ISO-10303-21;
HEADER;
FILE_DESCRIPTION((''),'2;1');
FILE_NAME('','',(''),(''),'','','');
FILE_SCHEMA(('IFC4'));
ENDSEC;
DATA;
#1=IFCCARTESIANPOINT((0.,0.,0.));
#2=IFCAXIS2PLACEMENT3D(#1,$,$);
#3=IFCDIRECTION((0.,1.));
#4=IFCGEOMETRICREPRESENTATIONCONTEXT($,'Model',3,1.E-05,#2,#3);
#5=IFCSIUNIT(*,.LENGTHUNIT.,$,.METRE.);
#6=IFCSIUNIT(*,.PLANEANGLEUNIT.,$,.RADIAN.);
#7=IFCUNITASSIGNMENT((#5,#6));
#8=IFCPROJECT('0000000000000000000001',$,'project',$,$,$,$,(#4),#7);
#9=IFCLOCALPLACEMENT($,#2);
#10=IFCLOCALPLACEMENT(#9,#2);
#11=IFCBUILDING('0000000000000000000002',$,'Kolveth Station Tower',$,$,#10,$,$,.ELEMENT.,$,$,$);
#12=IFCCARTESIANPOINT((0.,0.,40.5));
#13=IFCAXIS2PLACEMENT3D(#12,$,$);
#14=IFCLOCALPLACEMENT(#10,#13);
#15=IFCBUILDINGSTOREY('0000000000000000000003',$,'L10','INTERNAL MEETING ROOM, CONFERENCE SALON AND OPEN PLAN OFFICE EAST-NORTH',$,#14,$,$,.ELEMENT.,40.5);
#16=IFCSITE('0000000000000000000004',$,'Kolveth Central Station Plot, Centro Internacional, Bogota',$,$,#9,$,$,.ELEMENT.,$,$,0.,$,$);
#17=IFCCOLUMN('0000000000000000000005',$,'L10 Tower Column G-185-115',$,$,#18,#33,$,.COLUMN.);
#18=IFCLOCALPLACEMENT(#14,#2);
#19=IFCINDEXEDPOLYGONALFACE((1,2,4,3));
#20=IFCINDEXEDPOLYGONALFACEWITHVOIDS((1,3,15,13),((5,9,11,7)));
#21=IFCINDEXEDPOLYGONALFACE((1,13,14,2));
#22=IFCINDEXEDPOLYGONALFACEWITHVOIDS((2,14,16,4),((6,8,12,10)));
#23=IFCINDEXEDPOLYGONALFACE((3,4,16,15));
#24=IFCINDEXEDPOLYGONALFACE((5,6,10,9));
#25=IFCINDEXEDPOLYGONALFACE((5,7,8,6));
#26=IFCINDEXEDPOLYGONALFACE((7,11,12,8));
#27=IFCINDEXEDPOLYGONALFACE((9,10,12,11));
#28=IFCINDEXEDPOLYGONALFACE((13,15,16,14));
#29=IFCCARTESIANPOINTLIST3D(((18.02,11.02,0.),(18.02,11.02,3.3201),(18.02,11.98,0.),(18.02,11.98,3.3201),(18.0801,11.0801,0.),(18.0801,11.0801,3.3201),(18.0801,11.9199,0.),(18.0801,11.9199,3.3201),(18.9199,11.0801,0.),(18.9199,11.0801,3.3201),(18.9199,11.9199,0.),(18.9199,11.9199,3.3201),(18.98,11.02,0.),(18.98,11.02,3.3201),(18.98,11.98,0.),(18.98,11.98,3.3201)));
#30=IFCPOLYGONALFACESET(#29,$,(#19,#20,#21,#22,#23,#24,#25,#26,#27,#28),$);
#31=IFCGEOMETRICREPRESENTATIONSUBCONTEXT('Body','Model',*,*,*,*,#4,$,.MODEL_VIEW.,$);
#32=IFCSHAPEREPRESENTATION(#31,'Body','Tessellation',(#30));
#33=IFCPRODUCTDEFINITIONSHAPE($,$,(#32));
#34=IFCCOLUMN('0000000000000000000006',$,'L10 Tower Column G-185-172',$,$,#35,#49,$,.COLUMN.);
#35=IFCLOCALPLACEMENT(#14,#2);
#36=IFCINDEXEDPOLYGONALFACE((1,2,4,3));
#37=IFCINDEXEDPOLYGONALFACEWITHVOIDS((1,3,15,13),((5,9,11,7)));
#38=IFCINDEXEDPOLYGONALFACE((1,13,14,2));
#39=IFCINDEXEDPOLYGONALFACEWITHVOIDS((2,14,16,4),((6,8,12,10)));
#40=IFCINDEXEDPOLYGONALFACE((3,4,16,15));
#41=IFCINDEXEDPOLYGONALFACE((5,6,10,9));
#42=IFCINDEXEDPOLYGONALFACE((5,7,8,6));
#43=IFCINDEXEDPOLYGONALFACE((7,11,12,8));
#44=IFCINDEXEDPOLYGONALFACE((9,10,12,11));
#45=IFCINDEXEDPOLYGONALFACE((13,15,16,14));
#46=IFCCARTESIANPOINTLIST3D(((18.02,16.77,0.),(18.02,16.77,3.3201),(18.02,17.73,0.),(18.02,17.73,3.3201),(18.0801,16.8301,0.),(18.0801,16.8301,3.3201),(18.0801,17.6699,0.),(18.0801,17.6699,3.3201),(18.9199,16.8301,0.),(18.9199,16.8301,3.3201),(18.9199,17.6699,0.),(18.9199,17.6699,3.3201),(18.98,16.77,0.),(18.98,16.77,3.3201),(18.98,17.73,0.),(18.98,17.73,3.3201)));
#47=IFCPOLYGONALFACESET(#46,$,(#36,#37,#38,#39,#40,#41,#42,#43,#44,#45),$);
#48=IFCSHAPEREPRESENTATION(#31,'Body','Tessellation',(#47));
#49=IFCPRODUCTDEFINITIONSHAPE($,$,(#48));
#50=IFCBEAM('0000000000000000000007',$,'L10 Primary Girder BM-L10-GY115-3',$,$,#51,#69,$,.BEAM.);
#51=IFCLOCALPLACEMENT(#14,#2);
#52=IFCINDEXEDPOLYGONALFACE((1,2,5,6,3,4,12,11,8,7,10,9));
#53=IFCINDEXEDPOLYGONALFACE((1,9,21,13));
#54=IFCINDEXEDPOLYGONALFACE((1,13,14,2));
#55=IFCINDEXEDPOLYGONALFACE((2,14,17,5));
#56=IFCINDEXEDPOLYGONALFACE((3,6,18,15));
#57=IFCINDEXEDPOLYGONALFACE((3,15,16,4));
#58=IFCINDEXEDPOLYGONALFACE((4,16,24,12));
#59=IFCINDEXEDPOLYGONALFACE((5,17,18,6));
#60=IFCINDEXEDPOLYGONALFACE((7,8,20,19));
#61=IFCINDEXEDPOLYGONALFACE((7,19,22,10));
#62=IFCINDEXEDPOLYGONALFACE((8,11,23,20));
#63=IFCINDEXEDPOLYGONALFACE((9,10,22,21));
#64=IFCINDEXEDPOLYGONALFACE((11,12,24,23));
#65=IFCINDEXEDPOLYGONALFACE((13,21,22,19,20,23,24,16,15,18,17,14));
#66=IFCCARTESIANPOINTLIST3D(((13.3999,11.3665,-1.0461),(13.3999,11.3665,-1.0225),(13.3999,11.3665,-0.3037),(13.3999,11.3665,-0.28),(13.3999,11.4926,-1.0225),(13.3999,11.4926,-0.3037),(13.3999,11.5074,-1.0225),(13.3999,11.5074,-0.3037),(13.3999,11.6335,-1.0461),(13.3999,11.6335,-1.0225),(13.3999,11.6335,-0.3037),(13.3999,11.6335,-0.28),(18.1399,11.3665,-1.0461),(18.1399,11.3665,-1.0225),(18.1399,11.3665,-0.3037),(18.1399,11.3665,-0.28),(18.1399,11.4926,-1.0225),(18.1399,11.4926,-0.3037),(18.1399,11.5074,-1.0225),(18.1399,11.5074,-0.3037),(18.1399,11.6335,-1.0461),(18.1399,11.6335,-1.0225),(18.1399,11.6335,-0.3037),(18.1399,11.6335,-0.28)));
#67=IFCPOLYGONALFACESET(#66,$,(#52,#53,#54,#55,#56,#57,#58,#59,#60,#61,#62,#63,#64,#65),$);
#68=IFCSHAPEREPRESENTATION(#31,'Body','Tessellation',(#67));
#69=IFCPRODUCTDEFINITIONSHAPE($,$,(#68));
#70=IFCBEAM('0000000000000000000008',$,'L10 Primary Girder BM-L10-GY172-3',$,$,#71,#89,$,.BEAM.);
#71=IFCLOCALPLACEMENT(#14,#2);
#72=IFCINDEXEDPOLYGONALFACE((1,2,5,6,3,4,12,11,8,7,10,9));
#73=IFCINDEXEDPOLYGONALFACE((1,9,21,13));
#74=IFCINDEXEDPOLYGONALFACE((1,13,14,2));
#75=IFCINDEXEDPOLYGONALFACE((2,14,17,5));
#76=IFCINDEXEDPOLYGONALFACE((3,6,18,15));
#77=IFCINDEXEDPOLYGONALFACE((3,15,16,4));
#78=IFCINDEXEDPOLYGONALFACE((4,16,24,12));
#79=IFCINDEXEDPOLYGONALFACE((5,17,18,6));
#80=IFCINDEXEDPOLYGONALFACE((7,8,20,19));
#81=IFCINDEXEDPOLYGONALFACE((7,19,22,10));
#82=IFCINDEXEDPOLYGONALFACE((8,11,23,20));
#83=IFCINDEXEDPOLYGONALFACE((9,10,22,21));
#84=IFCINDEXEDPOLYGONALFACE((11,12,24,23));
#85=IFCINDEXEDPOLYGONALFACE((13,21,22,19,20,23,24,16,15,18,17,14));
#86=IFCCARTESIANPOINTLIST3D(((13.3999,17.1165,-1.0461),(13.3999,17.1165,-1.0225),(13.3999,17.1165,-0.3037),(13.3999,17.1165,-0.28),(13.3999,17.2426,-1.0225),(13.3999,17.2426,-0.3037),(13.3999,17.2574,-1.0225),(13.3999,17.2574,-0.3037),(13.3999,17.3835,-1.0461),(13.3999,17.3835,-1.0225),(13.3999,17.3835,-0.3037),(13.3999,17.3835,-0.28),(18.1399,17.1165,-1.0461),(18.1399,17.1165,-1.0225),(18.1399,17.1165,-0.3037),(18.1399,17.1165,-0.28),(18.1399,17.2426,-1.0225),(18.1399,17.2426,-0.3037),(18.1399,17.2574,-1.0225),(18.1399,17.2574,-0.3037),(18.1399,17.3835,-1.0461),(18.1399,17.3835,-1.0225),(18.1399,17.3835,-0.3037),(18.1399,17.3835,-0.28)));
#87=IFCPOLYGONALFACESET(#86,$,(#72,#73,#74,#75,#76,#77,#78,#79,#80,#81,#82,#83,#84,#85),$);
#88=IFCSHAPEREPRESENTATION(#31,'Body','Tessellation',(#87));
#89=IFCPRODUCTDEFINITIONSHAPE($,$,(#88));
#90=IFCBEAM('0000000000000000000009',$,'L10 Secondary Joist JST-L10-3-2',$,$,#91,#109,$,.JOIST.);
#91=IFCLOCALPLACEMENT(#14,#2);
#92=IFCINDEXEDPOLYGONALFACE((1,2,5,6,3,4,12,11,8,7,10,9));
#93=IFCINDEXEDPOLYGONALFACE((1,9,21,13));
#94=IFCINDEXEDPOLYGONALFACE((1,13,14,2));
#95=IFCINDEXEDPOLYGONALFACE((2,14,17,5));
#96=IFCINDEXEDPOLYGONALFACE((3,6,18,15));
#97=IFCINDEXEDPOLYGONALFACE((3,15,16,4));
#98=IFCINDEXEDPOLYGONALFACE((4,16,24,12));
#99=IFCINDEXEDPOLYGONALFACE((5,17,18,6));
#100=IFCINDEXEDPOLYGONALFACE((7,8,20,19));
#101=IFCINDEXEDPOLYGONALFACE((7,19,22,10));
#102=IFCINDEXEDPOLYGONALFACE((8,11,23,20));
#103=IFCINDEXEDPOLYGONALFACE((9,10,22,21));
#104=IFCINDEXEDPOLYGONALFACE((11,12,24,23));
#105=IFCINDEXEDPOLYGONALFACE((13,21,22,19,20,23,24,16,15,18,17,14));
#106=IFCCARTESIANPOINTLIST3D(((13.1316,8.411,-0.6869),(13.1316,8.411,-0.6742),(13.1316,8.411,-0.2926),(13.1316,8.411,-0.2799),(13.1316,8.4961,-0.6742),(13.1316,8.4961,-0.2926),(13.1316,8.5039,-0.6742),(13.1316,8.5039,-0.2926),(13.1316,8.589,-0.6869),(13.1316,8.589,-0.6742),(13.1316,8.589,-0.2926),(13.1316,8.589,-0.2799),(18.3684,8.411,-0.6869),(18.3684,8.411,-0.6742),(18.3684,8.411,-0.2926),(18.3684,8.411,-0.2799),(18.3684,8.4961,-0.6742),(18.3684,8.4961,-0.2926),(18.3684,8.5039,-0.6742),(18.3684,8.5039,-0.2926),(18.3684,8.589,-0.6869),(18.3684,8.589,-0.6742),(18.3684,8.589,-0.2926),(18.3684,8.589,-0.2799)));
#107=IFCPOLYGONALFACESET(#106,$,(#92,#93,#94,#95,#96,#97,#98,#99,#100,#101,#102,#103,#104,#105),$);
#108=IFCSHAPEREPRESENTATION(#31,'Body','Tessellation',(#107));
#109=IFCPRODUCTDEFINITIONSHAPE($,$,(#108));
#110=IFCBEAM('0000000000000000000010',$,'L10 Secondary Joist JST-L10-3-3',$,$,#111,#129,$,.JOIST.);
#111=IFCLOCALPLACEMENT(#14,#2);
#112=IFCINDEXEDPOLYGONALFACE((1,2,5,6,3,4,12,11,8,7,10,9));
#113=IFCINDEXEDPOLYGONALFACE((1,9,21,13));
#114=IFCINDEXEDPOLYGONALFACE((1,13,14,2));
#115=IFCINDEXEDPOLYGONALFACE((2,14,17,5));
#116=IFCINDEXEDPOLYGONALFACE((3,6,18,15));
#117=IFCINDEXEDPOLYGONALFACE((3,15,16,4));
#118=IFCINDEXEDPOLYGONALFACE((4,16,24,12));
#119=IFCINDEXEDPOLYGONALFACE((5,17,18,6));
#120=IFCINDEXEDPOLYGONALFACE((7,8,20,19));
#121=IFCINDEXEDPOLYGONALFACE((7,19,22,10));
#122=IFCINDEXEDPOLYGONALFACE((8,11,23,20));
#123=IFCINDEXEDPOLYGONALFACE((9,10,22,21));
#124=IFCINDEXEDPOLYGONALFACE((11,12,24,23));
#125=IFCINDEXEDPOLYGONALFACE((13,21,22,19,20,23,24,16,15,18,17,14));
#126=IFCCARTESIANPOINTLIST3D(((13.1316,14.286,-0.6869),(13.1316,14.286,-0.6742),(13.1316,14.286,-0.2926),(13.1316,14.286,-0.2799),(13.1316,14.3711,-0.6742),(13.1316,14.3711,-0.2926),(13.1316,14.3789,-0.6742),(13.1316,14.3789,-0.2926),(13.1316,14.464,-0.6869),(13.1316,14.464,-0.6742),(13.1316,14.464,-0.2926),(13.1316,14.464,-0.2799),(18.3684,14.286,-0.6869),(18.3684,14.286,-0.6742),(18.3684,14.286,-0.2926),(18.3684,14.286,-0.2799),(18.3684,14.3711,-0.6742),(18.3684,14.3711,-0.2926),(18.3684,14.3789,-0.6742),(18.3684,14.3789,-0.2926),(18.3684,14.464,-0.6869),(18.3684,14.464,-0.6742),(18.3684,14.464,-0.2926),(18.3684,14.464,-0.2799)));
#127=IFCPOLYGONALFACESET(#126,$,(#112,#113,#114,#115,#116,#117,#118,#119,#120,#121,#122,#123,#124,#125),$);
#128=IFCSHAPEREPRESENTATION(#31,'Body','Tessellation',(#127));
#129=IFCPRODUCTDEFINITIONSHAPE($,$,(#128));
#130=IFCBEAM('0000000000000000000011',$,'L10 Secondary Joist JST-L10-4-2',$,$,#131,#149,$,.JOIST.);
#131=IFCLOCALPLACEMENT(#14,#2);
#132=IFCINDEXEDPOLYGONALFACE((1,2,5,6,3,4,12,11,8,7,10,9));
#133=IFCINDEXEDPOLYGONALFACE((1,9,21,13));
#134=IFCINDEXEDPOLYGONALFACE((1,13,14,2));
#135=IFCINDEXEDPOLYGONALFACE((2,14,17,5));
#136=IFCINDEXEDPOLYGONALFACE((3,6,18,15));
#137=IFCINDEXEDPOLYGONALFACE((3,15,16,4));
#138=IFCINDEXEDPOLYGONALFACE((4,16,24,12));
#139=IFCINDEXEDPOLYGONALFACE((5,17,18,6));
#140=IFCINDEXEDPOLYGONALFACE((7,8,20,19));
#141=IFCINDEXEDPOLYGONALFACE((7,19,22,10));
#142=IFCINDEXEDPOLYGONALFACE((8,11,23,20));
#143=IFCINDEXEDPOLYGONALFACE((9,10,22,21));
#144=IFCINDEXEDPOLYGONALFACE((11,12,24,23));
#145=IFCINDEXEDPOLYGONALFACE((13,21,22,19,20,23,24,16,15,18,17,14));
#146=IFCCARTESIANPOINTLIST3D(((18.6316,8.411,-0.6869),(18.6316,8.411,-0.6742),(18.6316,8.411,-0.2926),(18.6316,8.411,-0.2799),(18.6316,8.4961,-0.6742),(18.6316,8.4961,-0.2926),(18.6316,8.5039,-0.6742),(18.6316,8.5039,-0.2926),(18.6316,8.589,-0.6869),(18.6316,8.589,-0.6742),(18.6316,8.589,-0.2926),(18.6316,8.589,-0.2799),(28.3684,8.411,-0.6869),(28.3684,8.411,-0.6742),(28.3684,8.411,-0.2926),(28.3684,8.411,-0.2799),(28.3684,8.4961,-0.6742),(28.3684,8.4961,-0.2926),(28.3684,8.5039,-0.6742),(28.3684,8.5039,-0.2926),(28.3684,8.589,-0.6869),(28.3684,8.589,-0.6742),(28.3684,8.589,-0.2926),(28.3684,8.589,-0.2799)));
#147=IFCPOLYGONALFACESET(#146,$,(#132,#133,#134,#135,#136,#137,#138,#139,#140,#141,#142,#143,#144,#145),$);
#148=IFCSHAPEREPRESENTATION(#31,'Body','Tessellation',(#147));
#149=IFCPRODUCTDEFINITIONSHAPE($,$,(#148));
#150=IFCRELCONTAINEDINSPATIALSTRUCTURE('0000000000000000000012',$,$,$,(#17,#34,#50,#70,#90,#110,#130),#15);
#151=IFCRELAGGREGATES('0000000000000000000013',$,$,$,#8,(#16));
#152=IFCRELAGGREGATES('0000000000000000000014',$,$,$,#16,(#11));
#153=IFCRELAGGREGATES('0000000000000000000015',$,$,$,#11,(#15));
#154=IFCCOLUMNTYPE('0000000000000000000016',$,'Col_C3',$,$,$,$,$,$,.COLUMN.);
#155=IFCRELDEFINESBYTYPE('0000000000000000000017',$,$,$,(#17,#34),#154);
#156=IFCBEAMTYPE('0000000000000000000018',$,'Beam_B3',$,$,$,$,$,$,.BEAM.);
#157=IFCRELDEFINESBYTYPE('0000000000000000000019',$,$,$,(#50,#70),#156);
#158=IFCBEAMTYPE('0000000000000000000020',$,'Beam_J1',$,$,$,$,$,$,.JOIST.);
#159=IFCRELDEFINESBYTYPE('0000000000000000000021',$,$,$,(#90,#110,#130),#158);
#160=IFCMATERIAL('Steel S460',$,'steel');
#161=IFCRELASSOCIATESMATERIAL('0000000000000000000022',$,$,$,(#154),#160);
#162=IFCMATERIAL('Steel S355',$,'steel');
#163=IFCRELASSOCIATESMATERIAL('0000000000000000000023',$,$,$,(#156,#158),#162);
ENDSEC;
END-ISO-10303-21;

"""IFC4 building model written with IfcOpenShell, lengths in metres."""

from ifc_helpers import new_model, si_unit, direction, frame, origin, origin_2d, place, context, subcontext, project, spatial, hollow_rectangle, i_section, extrude, source, transform, mapped, material, material_profile, profile_set, type_object, element, save


model = new_model("IFC4")

# Units and contexts
model_context = context("Model", 3, precision=1e-05, world=origin(), true_north=direction((0.0, 1.0)))
body_context = subcontext(model_context, "Body", "Model", "MODEL_VIEW")
ifc_project = project(units=[si_unit("LENGTHUNIT", "METRE"), si_unit("PLANEANGLEUNIT", "RADIAN")], contexts=[model_context])

# Site, building, storey
site_placement = place(None, origin())
site = spatial("IfcSite", under=ifc_project, at=site_placement, Name="Kolveth Central Station Plot, Centro Internacional, Bogota", CompositionType="ELEMENT", RefElevation=0.0)
building_placement = place(site_placement, origin())
building = spatial("IfcBuilding", under=site, at=building_placement, Name="Kolveth Station Tower", CompositionType="ELEMENT")
storey_placement = place(building_placement, frame((0.0, 0.0, 40.5)))
storey = spatial("IfcBuildingStorey", under=building, at=storey_placement, Name="L10", Description="INTERNAL MEETING ROOM, CONFERENCE SALON AND OPEN PLAN OFFICE EAST-NORTH", CompositionType="ELEMENT", Elevation=40.5)

# Columns
ifc_material_1 = material(Name="Steel S460", Category="steel")
ifc_material_profile_1 = material_profile(ifc_material_1, hollow_rectangle(XDim=0.96, YDim=0.96, WallThickness=0.0601, at=origin_2d()), Name="BOX960x960x60")
ifc_profile_set_1 = profile_set([ifc_material_profile_1], Name="Steel S460")
column_type = type_object("IfcColumnType", Name="Col_C3", PredefinedType="COLUMN", material=ifc_profile_set_1)
shared_shape_1 = source(origin(), body_context, "Body", "SweptSolid", [
    extrude(hollow_rectangle(XDim=0.96, YDim=0.96, WallThickness=0.0601, at=origin_2d()), origin(), (0.0, 0.0, 1.0), 3.3201),
])
for number, where, z_axis, x_axis, name in (
    (1, (18.5, 11.5, 0.0), (0.0, 0.0, 1.0), (1.0, 0.0, 0.0), "L10 Tower Column G-185-115"),
    (2, (18.5, 17.25, 0.0), (0.0, 0.0, 1.0), (1.0, 0.0, 0.0), "L10 Tower Column G-185-172"),
):
    element("IfcColumn", number, at=place(storey_placement, frame(where, z_axis=z_axis, x_axis=x_axis)), inside=storey, type_object=column_type, Name=name, PredefinedType="COLUMN", context=body_context, shape_type="MappedRepresentation", body=[
        mapped(shared_shape_1, transform((0.0, 0.0, 0.0), x_axis=(1.0, 0.0, 0.0), y_axis=(0.0, 1.0, 0.0), z_axis=(0.0, 0.0, 1.0), scale=1.0)),
    ])

# Beams
ifc_material_2 = material(Name="Steel S355", Category="steel")
ifc_material_profile_2 = material_profile(ifc_material_2, i_section(OverallWidth=0.2671, OverallDepth=0.7661, WebThickness=0.0149, FlangeThickness=0.0237, at=origin_2d()), Name="W760x185")
ifc_profile_set_2 = profile_set([ifc_material_profile_2], Name="Steel S355")
beam_type_1 = type_object("IfcBeamType", Name="Beam_B3", PredefinedType="BEAM", material=ifc_profile_set_2)
shared_shape_2 = source(origin(), body_context, "Body", "SweptSolid", [
    extrude(i_section(OverallWidth=0.2671, OverallDepth=0.7661, WebThickness=0.0149, FlangeThickness=0.0237, at=origin_2d()), origin(), (0.0, 0.0, 1.0), 4.74),
])
for number, where, z_axis, x_axis, name in (
    (3, (13.3999, 11.5, -0.6631), (1.0, 0.0, 0.0), (0.0, 1.0, 0.0), "L10 Primary Girder BM-L10-GY115-3"),
    (4, (13.3999, 17.25, -0.6631), (1.0, 0.0, 0.0), (0.0, 1.0, 0.0), "L10 Primary Girder BM-L10-GY172-3"),
):
    element("IfcBeam", number, at=place(storey_placement, frame(where, z_axis=z_axis, x_axis=x_axis)), inside=storey, type_object=beam_type_1, Name=name, PredefinedType="BEAM", context=body_context, shape_type="MappedRepresentation", body=[
        mapped(shared_shape_2, transform((0.0, 0.0, 0.0), x_axis=(1.0, 0.0, 0.0), y_axis=(0.0, 1.0, 0.0), z_axis=(0.0, 0.0, 1.0), scale=1.0)),
    ])
ifc_material_profile_3 = material_profile(ifc_material_2, i_section(OverallWidth=0.178, OverallDepth=0.407, WebThickness=0.0078, FlangeThickness=0.0127, at=origin_2d()), Name="W410x60")
ifc_profile_set_3 = profile_set([ifc_material_profile_3], Name="Steel S355")
beam_type_2 = type_object("IfcBeamType", Name="Beam_J1", PredefinedType="JOIST", material=ifc_profile_set_3)
shared_shape_3 = source(origin(), body_context, "Body", "SweptSolid", [
    extrude(i_section(OverallWidth=0.178, OverallDepth=0.407, WebThickness=0.0078, FlangeThickness=0.0127, at=origin_2d()), origin(), (0.0, 0.0, 1.0), 5.2368),
])
for number, where, z_axis, x_axis, name in (
    (5, (13.1316, 8.5, -0.4834), (1.0, 0.0, 0.0), (0.0, 1.0, 0.0), "L10 Secondary Joist JST-L10-3-2"),
    (6, (13.1316, 14.375, -0.4834), (1.0, 0.0, 0.0), (0.0, 1.0, 0.0), "L10 Secondary Joist JST-L10-3-3"),
):
    element("IfcBeam", number, at=place(storey_placement, frame(where, z_axis=z_axis, x_axis=x_axis)), inside=storey, type_object=beam_type_2, Name=name, PredefinedType="JOIST", context=body_context, shape_type="MappedRepresentation", body=[
        mapped(shared_shape_3, transform((0.0, 0.0, 0.0), x_axis=(1.0, 0.0, 0.0), y_axis=(0.0, 1.0, 0.0), z_axis=(0.0, 0.0, 1.0), scale=1.0)),
    ])
shared_shape_4 = source(origin(), body_context, "Body", "SweptSolid", [
    extrude(i_section(OverallWidth=0.178, OverallDepth=0.407, WebThickness=0.0078, FlangeThickness=0.0127, at=origin_2d()), origin(), (0.0, 0.0, 1.0), 9.7368),
])
beam_placement = place(storey_placement, frame((18.6316, 8.5, -0.4834), z_axis=(1.0, 0.0, 0.0), x_axis=(0.0, 1.0, 0.0)))
element("IfcBeam", 7, at=beam_placement, inside=storey, type_object=beam_type_2, Name="L10 Secondary Joist JST-L10-4-2", PredefinedType="JOIST", context=body_context, shape_type="MappedRepresentation", body=[
    mapped(shared_shape_4, transform((0.0, 0.0, 0.0), x_axis=(1.0, 0.0, 0.0), y_axis=(0.0, 1.0, 0.0), z_axis=(0.0, 0.0, 1.0), scale=1.0)),
])

save(model, "model.ifc")
